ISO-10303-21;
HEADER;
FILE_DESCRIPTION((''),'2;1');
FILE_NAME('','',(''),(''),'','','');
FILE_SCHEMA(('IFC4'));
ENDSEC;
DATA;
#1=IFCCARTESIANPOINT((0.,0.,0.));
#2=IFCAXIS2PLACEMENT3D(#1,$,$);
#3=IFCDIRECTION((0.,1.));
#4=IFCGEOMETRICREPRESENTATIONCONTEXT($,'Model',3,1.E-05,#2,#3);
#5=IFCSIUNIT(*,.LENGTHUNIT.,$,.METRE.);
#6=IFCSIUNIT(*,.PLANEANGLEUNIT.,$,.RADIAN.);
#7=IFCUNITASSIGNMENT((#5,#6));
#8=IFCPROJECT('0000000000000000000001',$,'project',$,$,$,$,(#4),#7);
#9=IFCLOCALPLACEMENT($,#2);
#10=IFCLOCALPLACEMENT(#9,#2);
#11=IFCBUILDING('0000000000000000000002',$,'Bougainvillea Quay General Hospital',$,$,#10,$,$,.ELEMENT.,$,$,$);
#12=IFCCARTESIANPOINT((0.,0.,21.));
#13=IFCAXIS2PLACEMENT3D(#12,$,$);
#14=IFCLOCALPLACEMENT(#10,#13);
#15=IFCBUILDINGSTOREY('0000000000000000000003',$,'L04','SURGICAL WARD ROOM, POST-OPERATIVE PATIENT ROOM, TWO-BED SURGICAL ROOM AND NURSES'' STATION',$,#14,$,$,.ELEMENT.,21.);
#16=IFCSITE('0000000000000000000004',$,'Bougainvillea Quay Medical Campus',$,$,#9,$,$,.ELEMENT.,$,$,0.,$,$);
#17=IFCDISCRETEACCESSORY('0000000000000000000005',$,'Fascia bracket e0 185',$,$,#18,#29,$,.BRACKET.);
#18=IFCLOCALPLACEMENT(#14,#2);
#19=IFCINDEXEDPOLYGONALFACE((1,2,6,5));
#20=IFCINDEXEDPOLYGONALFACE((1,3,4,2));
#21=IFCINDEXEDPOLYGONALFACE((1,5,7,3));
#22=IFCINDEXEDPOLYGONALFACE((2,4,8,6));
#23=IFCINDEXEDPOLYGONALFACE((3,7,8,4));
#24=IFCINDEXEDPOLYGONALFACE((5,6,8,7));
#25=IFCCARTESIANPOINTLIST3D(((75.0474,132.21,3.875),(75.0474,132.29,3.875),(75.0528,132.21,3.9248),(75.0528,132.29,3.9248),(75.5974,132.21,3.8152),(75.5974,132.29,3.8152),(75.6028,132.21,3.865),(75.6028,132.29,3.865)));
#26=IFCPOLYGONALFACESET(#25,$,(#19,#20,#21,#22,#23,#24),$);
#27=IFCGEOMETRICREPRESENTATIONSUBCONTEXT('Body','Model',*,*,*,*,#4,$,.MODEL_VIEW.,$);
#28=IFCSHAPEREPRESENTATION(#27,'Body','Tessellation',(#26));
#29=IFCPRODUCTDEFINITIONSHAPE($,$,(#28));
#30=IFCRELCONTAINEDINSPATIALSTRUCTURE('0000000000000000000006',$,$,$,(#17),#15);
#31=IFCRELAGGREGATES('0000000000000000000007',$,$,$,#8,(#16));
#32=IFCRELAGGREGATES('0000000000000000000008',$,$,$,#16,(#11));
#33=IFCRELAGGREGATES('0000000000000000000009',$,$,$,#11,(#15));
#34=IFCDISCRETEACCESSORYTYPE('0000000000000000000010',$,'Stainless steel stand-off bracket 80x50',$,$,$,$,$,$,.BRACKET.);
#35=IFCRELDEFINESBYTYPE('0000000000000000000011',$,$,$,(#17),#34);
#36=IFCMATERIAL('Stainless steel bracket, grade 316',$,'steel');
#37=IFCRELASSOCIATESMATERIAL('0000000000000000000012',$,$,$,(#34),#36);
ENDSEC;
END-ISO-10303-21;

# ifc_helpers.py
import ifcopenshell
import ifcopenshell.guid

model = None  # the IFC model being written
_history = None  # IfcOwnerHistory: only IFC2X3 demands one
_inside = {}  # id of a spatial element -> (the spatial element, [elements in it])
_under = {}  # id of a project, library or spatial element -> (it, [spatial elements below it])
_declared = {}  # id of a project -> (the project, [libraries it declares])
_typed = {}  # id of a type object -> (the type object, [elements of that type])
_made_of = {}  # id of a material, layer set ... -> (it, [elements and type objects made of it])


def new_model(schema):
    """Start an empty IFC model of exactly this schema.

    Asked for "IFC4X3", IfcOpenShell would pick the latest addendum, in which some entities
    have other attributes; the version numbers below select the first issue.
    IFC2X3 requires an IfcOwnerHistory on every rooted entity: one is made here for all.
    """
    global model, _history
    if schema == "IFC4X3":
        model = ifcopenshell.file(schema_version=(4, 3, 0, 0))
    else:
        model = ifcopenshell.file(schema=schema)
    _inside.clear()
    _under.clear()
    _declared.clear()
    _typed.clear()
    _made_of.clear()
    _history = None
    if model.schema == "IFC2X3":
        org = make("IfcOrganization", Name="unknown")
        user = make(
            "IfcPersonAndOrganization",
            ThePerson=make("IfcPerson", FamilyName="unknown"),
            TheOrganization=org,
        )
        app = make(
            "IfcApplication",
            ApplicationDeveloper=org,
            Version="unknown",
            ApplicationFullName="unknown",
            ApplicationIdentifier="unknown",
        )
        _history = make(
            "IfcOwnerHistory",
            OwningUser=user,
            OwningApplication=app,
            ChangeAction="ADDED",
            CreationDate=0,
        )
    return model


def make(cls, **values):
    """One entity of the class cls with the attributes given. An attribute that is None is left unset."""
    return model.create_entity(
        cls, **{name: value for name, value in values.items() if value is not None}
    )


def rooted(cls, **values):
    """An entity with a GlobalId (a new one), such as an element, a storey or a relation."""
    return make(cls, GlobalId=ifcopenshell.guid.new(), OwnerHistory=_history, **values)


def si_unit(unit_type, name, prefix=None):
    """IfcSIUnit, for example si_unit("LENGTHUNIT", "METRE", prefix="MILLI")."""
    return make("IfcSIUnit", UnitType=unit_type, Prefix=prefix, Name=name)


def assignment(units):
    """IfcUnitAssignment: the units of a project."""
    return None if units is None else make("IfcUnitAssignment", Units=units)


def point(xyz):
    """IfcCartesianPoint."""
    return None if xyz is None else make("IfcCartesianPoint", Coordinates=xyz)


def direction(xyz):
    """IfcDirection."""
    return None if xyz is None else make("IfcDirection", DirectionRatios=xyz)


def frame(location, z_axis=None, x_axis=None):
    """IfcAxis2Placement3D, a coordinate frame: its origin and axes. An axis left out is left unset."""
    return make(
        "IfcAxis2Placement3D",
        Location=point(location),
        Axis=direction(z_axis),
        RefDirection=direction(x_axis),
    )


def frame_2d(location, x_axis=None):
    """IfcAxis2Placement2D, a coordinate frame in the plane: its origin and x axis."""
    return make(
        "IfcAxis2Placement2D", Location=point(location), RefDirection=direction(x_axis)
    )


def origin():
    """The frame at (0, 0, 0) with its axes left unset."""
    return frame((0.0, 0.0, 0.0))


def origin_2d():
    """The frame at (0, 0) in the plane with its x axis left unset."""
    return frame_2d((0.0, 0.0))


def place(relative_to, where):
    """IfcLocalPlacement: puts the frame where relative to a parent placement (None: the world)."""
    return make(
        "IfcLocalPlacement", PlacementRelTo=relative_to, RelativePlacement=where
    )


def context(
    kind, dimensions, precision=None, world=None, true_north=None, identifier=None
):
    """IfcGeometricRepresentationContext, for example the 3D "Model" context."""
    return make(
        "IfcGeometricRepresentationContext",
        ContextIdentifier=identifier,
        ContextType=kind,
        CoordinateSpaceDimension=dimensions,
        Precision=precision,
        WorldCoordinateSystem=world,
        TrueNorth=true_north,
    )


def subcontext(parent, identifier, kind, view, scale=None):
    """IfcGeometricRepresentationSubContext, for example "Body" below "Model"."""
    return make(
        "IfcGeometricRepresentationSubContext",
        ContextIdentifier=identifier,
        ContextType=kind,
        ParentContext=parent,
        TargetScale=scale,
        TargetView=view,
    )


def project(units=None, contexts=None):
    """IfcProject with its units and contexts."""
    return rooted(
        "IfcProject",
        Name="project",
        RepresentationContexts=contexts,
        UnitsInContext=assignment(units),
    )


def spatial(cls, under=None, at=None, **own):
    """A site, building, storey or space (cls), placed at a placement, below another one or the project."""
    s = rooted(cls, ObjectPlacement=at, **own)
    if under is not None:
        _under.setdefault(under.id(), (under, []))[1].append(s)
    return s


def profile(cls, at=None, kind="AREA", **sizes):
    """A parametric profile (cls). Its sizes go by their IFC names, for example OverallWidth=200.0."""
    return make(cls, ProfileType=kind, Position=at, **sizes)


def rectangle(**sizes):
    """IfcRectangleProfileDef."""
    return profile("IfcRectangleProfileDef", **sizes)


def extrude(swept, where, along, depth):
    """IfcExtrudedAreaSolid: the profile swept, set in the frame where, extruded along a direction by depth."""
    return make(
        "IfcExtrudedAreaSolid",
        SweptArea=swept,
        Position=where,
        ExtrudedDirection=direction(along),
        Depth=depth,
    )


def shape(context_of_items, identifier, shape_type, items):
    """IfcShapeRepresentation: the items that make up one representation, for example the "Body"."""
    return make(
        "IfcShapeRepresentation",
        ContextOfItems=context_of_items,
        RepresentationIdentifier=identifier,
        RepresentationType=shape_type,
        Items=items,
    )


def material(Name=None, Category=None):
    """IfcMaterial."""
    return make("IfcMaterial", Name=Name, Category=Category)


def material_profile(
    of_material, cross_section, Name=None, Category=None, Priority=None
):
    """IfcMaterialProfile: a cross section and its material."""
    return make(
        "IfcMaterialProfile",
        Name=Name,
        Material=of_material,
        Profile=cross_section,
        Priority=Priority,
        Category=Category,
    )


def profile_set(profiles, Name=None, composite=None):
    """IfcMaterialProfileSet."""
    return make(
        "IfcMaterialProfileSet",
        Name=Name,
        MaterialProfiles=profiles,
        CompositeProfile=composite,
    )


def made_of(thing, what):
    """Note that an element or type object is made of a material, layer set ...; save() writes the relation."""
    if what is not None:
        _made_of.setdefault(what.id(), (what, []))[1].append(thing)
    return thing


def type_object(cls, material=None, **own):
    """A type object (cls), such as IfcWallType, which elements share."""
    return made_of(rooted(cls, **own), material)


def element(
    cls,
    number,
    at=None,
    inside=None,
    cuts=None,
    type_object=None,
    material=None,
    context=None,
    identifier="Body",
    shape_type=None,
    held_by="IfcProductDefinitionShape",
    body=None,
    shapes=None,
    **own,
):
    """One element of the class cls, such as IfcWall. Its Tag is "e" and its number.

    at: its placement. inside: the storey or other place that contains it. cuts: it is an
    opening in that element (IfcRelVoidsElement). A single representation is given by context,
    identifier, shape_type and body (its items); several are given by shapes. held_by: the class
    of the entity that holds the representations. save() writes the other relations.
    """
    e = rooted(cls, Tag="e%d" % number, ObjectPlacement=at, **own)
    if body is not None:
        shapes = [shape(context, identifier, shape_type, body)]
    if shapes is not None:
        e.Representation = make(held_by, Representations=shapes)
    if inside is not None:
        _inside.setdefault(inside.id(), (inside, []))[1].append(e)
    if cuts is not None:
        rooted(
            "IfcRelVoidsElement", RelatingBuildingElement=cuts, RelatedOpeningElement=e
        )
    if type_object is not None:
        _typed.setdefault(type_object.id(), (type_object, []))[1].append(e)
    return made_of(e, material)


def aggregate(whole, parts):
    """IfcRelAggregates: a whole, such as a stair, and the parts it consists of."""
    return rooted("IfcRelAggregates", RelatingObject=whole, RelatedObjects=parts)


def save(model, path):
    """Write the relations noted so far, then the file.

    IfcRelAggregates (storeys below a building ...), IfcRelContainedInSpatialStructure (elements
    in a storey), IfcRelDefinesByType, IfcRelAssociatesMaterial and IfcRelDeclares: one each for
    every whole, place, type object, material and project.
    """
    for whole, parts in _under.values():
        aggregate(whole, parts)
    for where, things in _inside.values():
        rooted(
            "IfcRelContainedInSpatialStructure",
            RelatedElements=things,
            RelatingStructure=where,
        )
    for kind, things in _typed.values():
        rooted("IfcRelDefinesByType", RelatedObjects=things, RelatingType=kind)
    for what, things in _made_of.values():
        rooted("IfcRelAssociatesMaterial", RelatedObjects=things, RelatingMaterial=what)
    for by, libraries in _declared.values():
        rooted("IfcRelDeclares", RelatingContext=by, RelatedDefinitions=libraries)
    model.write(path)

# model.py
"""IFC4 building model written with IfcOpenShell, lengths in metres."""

from ifc_helpers import new_model, si_unit, direction, frame, origin, origin_2d, place, context, subcontext, project, spatial, rectangle, extrude, material, material_profile, profile_set, type_object, element, save


model = new_model("IFC4")

# Units and contexts
model_context = context("Model", 3, precision=1e-05, world=origin(), true_north=direction((0.0, 1.0)))
body_context = subcontext(model_context, "Body", "Model", "MODEL_VIEW")
ifc_project = project(units=[si_unit("LENGTHUNIT", "METRE"), si_unit("PLANEANGLEUNIT", "RADIAN")], contexts=[model_context])

# Site, building, storey
site_placement = place(None, origin())
site = spatial("IfcSite", under=ifc_project, at=site_placement, Name="Bougainvillea Quay Medical Campus", CompositionType="ELEMENT", RefElevation=0.0)
building_placement = place(site_placement, origin())
building = spatial("IfcBuilding", under=site, at=building_placement, Name="Bougainvillea Quay General Hospital", CompositionType="ELEMENT")
storey_placement = place(building_placement, frame((0.0, 0.0, 21.0)))
storey = spatial("IfcBuildingStorey", under=building, at=storey_placement, Name="L04", Description="SURGICAL WARD ROOM, POST-OPERATIVE PATIENT ROOM, TWO-BED SURGICAL ROOM AND NURSES' STATION", CompositionType="ELEMENT", Elevation=21.0)

# Discrete accessory
ifc_material_1 = material(Name="Stainless steel bracket, grade 316", Category="steel")
ifc_material_profile_1 = material_profile(ifc_material_1, rectangle(XDim=0.0801, YDim=0.05, at=origin_2d()))
ifc_profile_set_1 = profile_set([ifc_material_profile_1], Name="Stainless steel bracket, grade 316")
discrete_accessory_type = type_object("IfcDiscreteAccessoryType", Name="Stainless steel stand-off bracket 80x50", PredefinedType="BRACKET", material=ifc_profile_set_1)
discrete_accessory_placement = place(storey_placement, frame((75.6001, 132.25, 3.8401), z_axis=(-0.994139, 0.0, 0.108107), x_axis=(0.0, -1.0, 0.0)))
element("IfcDiscreteAccessory", 1, at=discrete_accessory_placement, inside=storey, type_object=discrete_accessory_type, Name="Fascia bracket e0 185", PredefinedType="BRACKET", context=body_context, shape_type="SweptSolid", body=[
    extrude(rectangle(XDim=0.0801, YDim=0.05, at=origin_2d()), origin(), (0.0, 0.0, 1.0), 0.5532),
])

save(model, "model.ifc")
